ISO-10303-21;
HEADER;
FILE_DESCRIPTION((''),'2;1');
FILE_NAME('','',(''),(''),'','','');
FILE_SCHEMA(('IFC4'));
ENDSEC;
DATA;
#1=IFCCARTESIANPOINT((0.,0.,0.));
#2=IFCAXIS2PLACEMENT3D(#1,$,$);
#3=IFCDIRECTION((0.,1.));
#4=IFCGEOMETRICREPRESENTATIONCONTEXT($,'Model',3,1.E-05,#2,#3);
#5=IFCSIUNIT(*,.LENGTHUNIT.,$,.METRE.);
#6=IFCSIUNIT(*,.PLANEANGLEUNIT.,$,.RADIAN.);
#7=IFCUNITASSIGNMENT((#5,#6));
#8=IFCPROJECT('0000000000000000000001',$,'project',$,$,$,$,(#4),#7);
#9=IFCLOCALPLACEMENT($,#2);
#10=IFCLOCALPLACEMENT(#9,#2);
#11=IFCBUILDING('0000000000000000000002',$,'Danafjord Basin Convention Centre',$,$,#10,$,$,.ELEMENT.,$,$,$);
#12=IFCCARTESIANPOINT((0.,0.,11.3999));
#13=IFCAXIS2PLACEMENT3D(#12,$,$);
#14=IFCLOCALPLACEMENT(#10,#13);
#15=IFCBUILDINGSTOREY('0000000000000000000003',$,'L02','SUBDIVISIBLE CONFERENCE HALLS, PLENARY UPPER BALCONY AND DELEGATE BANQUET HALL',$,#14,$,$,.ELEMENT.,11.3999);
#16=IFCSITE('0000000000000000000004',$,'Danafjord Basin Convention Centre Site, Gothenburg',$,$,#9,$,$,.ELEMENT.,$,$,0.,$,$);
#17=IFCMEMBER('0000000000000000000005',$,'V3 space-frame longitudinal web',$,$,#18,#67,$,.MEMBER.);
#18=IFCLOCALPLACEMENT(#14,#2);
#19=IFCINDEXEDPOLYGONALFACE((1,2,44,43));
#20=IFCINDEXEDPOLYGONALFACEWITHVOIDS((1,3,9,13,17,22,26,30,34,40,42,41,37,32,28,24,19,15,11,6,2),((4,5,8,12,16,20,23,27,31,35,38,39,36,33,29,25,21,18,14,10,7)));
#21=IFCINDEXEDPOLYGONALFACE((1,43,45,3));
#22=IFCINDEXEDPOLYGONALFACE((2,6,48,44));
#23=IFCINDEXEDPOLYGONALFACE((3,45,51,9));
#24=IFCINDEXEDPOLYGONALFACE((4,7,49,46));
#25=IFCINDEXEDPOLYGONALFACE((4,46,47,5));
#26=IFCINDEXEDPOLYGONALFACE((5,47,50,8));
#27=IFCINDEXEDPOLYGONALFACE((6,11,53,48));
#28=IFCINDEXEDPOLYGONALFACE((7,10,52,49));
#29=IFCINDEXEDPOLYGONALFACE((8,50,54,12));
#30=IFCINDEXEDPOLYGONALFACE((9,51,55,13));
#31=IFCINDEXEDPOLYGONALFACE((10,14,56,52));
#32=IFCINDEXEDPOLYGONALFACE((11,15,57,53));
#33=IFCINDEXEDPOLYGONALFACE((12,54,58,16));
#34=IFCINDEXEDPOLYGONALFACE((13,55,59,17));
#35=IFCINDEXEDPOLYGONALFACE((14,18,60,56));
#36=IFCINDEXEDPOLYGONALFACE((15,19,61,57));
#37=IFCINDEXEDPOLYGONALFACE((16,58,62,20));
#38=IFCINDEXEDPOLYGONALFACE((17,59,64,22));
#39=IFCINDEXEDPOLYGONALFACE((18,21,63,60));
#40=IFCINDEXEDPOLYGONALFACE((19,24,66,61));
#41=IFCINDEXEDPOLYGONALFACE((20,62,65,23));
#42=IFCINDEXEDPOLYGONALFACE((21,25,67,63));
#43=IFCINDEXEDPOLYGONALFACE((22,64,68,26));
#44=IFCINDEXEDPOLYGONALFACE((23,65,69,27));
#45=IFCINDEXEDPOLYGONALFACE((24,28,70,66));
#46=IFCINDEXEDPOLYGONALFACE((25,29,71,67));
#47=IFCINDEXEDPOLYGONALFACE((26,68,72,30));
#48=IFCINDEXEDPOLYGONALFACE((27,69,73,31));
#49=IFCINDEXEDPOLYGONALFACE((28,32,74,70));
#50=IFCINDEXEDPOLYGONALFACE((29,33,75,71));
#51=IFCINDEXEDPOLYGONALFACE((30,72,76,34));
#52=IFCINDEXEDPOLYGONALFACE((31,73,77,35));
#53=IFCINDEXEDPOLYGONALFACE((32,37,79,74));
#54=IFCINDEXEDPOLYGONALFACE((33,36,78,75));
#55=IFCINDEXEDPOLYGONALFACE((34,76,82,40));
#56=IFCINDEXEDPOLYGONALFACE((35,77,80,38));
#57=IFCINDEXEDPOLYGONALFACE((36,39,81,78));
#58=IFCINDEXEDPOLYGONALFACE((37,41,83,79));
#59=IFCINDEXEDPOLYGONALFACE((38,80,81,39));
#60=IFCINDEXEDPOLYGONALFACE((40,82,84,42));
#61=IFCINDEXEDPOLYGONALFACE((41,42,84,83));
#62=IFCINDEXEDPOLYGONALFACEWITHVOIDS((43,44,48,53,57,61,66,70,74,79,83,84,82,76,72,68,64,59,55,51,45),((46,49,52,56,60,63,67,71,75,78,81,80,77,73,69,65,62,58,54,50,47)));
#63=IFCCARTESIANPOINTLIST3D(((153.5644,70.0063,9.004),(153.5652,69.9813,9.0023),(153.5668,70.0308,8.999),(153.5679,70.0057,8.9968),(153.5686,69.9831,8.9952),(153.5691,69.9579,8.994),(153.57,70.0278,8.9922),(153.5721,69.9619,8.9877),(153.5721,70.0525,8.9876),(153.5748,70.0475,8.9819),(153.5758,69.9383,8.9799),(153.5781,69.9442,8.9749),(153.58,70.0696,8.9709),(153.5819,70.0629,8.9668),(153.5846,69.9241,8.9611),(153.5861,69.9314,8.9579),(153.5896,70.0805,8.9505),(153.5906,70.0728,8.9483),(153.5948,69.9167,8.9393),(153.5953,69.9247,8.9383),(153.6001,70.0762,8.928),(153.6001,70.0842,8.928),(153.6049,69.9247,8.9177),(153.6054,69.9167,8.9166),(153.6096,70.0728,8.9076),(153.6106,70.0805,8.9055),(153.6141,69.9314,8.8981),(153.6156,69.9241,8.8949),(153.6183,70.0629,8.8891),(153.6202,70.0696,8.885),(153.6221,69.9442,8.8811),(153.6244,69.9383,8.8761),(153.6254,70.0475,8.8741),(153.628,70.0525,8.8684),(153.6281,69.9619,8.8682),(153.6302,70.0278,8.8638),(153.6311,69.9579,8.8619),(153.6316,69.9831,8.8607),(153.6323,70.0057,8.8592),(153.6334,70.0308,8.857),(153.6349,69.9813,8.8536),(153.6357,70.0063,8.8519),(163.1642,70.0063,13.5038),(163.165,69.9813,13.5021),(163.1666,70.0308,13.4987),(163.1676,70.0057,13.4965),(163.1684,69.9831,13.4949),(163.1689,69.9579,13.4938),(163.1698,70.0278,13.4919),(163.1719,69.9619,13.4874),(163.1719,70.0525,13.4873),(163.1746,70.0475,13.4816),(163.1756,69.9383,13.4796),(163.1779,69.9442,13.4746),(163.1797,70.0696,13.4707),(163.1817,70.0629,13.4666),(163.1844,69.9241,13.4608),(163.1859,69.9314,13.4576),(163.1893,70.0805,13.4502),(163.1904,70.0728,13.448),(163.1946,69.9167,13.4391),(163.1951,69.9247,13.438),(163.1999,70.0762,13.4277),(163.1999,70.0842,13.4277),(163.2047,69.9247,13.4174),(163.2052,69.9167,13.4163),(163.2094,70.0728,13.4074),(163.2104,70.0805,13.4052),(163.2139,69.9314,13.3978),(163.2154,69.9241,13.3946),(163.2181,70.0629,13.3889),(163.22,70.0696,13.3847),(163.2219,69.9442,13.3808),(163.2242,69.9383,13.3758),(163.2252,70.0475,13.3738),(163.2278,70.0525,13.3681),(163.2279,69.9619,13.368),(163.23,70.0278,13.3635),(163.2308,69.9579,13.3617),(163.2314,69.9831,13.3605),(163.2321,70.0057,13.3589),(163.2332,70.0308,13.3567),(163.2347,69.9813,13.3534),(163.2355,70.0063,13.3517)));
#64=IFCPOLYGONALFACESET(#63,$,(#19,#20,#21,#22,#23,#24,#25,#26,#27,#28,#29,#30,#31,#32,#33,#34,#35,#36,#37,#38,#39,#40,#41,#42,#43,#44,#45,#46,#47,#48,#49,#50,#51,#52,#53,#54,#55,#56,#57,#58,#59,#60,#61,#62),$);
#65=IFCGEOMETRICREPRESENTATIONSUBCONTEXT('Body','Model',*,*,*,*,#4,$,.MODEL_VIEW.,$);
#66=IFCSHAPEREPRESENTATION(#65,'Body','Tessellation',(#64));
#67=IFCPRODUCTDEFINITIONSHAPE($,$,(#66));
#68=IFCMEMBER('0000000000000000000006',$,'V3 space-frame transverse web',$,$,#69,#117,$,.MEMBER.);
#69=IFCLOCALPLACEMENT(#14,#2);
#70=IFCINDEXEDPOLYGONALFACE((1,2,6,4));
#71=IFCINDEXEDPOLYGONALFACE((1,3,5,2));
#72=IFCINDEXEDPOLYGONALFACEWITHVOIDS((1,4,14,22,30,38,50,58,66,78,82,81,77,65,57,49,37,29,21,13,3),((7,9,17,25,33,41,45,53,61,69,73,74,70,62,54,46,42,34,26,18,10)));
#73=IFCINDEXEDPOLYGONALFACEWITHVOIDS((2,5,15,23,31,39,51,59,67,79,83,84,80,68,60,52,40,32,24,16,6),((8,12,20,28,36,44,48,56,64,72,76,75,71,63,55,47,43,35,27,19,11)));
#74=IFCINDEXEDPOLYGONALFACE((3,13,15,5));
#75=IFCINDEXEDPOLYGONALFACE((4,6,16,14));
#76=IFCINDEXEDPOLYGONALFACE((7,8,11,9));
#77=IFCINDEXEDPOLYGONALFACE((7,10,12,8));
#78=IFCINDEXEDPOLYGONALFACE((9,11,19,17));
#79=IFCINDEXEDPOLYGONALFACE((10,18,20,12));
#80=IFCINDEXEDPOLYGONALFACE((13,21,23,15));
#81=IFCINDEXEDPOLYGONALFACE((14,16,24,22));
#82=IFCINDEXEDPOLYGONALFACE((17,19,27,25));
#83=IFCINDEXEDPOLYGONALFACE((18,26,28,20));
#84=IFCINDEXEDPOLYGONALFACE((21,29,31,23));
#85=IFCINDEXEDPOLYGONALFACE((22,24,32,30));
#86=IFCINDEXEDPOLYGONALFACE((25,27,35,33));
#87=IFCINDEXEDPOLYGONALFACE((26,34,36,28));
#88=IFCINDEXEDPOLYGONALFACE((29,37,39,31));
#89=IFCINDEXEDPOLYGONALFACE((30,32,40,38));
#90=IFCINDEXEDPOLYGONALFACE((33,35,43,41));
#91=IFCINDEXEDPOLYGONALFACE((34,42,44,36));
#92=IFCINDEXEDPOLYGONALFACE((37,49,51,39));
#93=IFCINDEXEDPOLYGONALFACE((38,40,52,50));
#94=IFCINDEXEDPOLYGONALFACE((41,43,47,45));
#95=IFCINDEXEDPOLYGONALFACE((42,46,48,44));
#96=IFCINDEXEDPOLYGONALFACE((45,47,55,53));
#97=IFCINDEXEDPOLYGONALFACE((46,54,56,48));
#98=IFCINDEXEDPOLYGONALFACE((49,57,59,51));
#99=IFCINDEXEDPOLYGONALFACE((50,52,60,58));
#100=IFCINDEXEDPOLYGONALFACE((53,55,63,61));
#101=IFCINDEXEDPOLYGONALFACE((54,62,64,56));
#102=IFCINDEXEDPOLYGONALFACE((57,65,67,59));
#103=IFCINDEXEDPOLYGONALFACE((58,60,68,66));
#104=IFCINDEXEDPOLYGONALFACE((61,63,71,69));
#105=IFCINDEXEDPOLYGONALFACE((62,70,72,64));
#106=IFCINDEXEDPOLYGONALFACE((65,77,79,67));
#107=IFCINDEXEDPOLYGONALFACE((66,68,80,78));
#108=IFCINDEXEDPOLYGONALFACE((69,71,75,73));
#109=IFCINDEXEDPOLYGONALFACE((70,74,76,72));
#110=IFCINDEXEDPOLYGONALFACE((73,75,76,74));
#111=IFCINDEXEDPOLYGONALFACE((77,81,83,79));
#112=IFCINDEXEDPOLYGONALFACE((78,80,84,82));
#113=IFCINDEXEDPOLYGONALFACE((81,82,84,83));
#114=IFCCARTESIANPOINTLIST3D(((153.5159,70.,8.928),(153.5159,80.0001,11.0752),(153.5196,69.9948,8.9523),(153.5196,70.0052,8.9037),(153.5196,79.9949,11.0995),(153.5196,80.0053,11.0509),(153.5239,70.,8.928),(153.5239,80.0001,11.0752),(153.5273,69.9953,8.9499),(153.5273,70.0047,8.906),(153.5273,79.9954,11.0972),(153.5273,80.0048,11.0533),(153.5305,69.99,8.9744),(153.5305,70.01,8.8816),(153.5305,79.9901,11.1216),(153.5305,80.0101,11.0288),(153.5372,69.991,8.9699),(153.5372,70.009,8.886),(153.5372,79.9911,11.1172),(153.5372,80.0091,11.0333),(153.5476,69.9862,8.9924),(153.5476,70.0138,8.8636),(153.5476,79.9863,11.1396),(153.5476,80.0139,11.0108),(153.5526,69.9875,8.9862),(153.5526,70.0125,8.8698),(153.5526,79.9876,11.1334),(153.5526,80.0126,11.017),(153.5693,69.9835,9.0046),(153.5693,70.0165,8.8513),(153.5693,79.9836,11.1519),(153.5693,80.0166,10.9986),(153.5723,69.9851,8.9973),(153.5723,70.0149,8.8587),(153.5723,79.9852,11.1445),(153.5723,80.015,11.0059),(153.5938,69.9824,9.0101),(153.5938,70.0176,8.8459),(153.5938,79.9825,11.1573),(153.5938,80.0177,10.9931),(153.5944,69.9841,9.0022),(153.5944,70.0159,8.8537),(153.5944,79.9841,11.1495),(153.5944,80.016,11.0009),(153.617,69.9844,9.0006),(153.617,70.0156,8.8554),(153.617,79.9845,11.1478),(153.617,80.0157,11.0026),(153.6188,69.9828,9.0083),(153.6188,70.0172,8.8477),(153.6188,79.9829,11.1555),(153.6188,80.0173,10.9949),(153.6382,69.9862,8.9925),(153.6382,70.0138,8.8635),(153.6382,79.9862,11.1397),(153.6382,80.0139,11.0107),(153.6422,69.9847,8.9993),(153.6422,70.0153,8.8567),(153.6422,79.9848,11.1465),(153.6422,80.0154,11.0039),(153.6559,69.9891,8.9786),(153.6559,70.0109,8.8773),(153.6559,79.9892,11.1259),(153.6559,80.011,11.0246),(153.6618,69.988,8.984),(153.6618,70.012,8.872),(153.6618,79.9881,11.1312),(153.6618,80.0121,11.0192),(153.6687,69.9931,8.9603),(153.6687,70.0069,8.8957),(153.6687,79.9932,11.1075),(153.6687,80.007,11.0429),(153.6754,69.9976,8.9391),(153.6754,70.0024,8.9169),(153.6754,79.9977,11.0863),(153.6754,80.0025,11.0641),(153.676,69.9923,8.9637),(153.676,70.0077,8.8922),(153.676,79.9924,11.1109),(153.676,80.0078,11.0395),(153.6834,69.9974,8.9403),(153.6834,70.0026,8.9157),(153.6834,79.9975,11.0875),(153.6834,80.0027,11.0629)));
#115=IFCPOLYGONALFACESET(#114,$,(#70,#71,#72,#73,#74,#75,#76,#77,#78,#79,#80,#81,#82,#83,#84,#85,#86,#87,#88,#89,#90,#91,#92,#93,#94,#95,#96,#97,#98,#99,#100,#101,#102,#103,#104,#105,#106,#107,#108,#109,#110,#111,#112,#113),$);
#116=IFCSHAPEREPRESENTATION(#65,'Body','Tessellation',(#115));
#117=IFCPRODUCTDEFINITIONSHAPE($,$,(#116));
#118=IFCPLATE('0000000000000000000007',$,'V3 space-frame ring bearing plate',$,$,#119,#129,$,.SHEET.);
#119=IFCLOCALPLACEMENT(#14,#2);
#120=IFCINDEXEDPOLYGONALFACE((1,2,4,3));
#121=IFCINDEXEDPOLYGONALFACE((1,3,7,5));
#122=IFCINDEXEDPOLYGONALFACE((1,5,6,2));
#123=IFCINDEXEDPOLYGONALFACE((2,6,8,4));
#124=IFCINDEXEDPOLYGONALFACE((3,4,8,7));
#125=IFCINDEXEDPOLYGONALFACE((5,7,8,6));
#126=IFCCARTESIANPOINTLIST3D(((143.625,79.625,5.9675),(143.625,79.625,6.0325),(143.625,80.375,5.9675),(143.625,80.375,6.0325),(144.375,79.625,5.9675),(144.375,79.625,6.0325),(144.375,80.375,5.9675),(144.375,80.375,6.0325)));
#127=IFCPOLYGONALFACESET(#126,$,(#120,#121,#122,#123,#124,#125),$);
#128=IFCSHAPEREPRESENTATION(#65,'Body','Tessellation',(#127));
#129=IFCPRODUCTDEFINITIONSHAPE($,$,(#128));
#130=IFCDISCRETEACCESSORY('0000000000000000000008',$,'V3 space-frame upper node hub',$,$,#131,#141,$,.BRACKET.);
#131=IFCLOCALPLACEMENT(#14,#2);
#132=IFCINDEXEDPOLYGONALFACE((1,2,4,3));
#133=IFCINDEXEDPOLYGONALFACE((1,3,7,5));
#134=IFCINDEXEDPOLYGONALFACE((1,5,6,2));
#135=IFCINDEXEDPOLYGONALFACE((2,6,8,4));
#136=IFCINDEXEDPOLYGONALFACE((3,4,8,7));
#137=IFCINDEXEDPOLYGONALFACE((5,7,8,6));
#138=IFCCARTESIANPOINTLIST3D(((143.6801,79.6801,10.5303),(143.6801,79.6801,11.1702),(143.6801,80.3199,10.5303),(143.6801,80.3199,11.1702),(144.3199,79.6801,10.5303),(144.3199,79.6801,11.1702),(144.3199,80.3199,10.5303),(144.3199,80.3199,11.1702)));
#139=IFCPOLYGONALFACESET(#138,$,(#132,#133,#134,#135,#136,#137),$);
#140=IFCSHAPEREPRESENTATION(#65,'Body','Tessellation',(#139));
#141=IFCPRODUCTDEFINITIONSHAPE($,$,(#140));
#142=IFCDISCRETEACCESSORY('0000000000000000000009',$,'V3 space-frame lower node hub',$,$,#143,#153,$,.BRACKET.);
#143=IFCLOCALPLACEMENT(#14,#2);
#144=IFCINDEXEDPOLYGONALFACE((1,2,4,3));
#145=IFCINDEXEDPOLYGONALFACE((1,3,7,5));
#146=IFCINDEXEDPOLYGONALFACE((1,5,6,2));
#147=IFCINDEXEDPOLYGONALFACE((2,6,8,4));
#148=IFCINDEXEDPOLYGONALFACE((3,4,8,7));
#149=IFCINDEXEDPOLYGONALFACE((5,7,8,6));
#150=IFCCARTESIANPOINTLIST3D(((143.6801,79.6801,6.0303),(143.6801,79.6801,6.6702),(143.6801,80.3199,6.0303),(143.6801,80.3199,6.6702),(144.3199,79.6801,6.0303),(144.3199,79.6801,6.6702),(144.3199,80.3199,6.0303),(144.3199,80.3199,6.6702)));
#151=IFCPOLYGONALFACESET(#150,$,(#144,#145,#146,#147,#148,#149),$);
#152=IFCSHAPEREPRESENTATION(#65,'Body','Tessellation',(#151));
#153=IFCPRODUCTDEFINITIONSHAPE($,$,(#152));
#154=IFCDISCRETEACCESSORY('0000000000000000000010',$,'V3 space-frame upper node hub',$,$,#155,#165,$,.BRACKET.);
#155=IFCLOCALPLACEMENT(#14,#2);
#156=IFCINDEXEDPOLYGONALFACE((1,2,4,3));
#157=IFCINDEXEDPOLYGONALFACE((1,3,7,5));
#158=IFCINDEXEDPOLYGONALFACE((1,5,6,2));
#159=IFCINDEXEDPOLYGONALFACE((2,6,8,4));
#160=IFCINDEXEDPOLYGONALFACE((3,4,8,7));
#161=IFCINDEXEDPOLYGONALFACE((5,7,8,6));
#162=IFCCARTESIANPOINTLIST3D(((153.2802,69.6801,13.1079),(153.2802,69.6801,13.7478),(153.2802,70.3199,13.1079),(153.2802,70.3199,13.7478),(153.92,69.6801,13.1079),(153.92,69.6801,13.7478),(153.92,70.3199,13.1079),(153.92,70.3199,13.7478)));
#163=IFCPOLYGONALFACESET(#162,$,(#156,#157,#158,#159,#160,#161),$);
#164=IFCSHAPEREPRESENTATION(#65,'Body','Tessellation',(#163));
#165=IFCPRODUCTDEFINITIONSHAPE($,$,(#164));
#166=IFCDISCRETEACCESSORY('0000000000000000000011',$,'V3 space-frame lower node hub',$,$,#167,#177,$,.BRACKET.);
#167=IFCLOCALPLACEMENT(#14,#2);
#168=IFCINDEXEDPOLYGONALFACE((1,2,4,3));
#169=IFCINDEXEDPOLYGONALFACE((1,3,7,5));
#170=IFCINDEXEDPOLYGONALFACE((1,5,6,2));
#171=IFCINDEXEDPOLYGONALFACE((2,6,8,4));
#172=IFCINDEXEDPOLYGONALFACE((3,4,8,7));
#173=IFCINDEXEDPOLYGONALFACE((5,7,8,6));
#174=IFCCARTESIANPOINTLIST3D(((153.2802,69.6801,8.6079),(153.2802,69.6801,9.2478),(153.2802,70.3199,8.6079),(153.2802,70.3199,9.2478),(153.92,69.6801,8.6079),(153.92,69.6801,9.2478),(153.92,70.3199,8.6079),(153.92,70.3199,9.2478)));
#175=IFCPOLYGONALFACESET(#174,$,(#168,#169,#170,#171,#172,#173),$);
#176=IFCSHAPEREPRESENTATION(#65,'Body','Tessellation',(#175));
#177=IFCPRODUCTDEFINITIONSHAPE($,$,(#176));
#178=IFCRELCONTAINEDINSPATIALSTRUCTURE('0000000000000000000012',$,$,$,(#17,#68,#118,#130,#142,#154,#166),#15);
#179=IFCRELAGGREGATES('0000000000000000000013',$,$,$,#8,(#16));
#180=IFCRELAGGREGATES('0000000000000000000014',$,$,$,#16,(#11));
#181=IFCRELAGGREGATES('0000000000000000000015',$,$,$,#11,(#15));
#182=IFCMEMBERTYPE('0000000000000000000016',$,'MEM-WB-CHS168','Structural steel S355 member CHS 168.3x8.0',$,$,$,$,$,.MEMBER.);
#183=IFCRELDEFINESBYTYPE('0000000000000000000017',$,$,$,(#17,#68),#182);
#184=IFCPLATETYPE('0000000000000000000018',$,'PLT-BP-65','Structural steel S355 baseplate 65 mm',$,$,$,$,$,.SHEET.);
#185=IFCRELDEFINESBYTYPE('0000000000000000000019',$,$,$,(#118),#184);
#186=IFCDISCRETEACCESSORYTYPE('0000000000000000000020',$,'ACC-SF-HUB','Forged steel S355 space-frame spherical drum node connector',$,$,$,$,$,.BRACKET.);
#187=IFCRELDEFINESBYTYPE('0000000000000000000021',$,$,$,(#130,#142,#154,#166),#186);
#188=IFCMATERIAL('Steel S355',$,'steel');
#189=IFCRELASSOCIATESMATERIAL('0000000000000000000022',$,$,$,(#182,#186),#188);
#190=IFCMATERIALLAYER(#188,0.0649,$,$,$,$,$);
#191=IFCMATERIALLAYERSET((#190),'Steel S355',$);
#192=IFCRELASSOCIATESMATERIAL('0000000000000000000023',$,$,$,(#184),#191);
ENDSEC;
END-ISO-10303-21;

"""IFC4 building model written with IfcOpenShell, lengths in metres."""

from ifc_helpers import new_model, si_unit, direction, frame, origin, origin_2d, place, context, subcontext, project, spatial, rectangle, hollow_circle, extrude, material, layer, layer_set, material_profile, profile_set, type_object, element, save


model = new_model("IFC4")

# Units and contexts
model_context = context("Model", 3, precision=1e-05, world=origin(), true_north=direction((0.0, 1.0)))
body_context = subcontext(model_context, "Body", "Model", "MODEL_VIEW")
ifc_project = project(units=[si_unit("LENGTHUNIT", "METRE"), si_unit("PLANEANGLEUNIT", "RADIAN")], contexts=[model_context])

# Site, building, storey
site_placement = place(None, origin())
site = spatial("IfcSite", under=ifc_project, at=site_placement, Name="Danafjord Basin Convention Centre Site, Gothenburg", CompositionType="ELEMENT", RefElevation=0.0)
building_placement = place(site_placement, origin())
building = spatial("IfcBuilding", under=site, at=building_placement, Name="Danafjord Basin Convention Centre", CompositionType="ELEMENT")
storey_placement = place(building_placement, frame((0.0, 0.0, 11.3999)))
storey = spatial("IfcBuildingStorey", under=building, at=storey_placement, Name="L02", Description="SUBDIVISIBLE CONFERENCE HALLS, PLENARY UPPER BALCONY AND DELEGATE BANQUET HALL", CompositionType="ELEMENT", Elevation=11.3999)

# Shared definitions
ifc_material = material(Name="Steel S355", Category="steel")

# Members
ifc_material_profile_1 = material_profile(ifc_material, hollow_circle(Radius=0.0842, WallThickness=0.0081, at=origin_2d()), Name="CHS 168.3x8.0")
ifc_profile_set_1 = profile_set([ifc_material_profile_1], Name="Steel S355")
member_type_1 = type_object("IfcMemberType", Name="MEM-WB-CHS168", Description="Structural steel S355 member CHS 168.3x8.0", PredefinedType="MEMBER", material=ifc_profile_set_1)
member_1_placement = place(storey_placement, frame((153.6001, 70.0, 8.928), z_axis=(0.905465, 0.0, 0.42442), x_axis=(0.0, 1.0, 0.0)))
element("IfcMember", 1, at=member_1_placement, inside=storey, type_object=member_type_1, Name="V3 space-frame longitudinal web", PredefinedType="MEMBER", context=body_context, shape_type="SweptSolid", body=[
    extrude(hollow_circle(Radius=0.0842, WallThickness=0.0081, at=origin_2d()), origin(), (0.0, 0.0, 1.0), 10.6021),
])
member_2_placement = place(storey_placement, frame((153.6001, 70.0, 8.928), z_axis=(0.0, 0.977715, 0.209937), x_axis=(-1.0, 0.0, 0.0)))
element("IfcMember", 2, at=member_2_placement, inside=storey, type_object=member_type_1, Name="V3 space-frame transverse web", PredefinedType="MEMBER", context=body_context, shape_type="SweptSolid", body=[
    extrude(hollow_circle(Radius=0.0842, WallThickness=0.0081, at=origin_2d()), origin(), (0.0, 0.0, 1.0), 10.228),
])

# Plate
ifc_layer = layer(ifc_material, 0.0649)
ifc_layer_set = layer_set([ifc_layer], Name="Steel S355")
plate_type = type_object("IfcPlateType", Name="PLT-BP-65", Description="Structural steel S355 baseplate 65 mm", PredefinedType="SHEET", material=ifc_layer_set)
plate_placement = place(storey_placement, frame((144.0, 80.0, 5.9675), z_axis=(0.0, 0.0, 1.0), x_axis=(1.0, 0.0, 0.0)))
element("IfcPlate", 3, at=plate_placement, inside=storey, type_object=plate_type, Name="V3 space-frame ring bearing plate", PredefinedType="SHEET", context=body_context, shape_type="SweptSolid", body=[
    extrude(rectangle(XDim=0.75, YDim=0.75, at=origin_2d()), origin(), (0.0, 0.0, 1.0), 0.0649),
])

# Discrete accessories
discrete_accessory_type = type_object("IfcDiscreteAccessoryType", Name="ACC-SF-HUB", Description="Forged steel S355 space-frame spherical drum node connector", PredefinedType="BRACKET", material=ifc_material)
for number, where, z_axis, x_axis, name in (
    (4, (144.0, 80.0, 10.5303), (0.0, 0.0, 1.0), (1.0, 0.0, 0.0), "V3 space-frame upper node hub"),
    (5, (144.0, 80.0, 6.0303), (0.0, 0.0, 1.0), (1.0, 0.0, 0.0), "V3 space-frame lower node hub"),
    (6, (153.6001, 70.0, 13.1079), (0.0, 0.0, 1.0), (1.0, 0.0, 0.0), "V3 space-frame upper node hub"),
    (7, (153.6001, 70.0, 8.6079), (0.0, 0.0, 1.0), (1.0, 0.0, 0.0), "V3 space-frame lower node hub"),
):
    element("IfcDiscreteAccessory", number, at=place(storey_placement, frame(where, z_axis=z_axis, x_axis=x_axis)), inside=storey, type_object=discrete_accessory_type, Name=name, PredefinedType="BRACKET", context=body_context, shape_type="SweptSolid", body=[
        extrude(rectangle(XDim=0.6399, YDim=0.6399, at=origin_2d()), origin(), (0.0, 0.0, 1.0), 0.6399),
    ])

save(model, "model.ifc")
